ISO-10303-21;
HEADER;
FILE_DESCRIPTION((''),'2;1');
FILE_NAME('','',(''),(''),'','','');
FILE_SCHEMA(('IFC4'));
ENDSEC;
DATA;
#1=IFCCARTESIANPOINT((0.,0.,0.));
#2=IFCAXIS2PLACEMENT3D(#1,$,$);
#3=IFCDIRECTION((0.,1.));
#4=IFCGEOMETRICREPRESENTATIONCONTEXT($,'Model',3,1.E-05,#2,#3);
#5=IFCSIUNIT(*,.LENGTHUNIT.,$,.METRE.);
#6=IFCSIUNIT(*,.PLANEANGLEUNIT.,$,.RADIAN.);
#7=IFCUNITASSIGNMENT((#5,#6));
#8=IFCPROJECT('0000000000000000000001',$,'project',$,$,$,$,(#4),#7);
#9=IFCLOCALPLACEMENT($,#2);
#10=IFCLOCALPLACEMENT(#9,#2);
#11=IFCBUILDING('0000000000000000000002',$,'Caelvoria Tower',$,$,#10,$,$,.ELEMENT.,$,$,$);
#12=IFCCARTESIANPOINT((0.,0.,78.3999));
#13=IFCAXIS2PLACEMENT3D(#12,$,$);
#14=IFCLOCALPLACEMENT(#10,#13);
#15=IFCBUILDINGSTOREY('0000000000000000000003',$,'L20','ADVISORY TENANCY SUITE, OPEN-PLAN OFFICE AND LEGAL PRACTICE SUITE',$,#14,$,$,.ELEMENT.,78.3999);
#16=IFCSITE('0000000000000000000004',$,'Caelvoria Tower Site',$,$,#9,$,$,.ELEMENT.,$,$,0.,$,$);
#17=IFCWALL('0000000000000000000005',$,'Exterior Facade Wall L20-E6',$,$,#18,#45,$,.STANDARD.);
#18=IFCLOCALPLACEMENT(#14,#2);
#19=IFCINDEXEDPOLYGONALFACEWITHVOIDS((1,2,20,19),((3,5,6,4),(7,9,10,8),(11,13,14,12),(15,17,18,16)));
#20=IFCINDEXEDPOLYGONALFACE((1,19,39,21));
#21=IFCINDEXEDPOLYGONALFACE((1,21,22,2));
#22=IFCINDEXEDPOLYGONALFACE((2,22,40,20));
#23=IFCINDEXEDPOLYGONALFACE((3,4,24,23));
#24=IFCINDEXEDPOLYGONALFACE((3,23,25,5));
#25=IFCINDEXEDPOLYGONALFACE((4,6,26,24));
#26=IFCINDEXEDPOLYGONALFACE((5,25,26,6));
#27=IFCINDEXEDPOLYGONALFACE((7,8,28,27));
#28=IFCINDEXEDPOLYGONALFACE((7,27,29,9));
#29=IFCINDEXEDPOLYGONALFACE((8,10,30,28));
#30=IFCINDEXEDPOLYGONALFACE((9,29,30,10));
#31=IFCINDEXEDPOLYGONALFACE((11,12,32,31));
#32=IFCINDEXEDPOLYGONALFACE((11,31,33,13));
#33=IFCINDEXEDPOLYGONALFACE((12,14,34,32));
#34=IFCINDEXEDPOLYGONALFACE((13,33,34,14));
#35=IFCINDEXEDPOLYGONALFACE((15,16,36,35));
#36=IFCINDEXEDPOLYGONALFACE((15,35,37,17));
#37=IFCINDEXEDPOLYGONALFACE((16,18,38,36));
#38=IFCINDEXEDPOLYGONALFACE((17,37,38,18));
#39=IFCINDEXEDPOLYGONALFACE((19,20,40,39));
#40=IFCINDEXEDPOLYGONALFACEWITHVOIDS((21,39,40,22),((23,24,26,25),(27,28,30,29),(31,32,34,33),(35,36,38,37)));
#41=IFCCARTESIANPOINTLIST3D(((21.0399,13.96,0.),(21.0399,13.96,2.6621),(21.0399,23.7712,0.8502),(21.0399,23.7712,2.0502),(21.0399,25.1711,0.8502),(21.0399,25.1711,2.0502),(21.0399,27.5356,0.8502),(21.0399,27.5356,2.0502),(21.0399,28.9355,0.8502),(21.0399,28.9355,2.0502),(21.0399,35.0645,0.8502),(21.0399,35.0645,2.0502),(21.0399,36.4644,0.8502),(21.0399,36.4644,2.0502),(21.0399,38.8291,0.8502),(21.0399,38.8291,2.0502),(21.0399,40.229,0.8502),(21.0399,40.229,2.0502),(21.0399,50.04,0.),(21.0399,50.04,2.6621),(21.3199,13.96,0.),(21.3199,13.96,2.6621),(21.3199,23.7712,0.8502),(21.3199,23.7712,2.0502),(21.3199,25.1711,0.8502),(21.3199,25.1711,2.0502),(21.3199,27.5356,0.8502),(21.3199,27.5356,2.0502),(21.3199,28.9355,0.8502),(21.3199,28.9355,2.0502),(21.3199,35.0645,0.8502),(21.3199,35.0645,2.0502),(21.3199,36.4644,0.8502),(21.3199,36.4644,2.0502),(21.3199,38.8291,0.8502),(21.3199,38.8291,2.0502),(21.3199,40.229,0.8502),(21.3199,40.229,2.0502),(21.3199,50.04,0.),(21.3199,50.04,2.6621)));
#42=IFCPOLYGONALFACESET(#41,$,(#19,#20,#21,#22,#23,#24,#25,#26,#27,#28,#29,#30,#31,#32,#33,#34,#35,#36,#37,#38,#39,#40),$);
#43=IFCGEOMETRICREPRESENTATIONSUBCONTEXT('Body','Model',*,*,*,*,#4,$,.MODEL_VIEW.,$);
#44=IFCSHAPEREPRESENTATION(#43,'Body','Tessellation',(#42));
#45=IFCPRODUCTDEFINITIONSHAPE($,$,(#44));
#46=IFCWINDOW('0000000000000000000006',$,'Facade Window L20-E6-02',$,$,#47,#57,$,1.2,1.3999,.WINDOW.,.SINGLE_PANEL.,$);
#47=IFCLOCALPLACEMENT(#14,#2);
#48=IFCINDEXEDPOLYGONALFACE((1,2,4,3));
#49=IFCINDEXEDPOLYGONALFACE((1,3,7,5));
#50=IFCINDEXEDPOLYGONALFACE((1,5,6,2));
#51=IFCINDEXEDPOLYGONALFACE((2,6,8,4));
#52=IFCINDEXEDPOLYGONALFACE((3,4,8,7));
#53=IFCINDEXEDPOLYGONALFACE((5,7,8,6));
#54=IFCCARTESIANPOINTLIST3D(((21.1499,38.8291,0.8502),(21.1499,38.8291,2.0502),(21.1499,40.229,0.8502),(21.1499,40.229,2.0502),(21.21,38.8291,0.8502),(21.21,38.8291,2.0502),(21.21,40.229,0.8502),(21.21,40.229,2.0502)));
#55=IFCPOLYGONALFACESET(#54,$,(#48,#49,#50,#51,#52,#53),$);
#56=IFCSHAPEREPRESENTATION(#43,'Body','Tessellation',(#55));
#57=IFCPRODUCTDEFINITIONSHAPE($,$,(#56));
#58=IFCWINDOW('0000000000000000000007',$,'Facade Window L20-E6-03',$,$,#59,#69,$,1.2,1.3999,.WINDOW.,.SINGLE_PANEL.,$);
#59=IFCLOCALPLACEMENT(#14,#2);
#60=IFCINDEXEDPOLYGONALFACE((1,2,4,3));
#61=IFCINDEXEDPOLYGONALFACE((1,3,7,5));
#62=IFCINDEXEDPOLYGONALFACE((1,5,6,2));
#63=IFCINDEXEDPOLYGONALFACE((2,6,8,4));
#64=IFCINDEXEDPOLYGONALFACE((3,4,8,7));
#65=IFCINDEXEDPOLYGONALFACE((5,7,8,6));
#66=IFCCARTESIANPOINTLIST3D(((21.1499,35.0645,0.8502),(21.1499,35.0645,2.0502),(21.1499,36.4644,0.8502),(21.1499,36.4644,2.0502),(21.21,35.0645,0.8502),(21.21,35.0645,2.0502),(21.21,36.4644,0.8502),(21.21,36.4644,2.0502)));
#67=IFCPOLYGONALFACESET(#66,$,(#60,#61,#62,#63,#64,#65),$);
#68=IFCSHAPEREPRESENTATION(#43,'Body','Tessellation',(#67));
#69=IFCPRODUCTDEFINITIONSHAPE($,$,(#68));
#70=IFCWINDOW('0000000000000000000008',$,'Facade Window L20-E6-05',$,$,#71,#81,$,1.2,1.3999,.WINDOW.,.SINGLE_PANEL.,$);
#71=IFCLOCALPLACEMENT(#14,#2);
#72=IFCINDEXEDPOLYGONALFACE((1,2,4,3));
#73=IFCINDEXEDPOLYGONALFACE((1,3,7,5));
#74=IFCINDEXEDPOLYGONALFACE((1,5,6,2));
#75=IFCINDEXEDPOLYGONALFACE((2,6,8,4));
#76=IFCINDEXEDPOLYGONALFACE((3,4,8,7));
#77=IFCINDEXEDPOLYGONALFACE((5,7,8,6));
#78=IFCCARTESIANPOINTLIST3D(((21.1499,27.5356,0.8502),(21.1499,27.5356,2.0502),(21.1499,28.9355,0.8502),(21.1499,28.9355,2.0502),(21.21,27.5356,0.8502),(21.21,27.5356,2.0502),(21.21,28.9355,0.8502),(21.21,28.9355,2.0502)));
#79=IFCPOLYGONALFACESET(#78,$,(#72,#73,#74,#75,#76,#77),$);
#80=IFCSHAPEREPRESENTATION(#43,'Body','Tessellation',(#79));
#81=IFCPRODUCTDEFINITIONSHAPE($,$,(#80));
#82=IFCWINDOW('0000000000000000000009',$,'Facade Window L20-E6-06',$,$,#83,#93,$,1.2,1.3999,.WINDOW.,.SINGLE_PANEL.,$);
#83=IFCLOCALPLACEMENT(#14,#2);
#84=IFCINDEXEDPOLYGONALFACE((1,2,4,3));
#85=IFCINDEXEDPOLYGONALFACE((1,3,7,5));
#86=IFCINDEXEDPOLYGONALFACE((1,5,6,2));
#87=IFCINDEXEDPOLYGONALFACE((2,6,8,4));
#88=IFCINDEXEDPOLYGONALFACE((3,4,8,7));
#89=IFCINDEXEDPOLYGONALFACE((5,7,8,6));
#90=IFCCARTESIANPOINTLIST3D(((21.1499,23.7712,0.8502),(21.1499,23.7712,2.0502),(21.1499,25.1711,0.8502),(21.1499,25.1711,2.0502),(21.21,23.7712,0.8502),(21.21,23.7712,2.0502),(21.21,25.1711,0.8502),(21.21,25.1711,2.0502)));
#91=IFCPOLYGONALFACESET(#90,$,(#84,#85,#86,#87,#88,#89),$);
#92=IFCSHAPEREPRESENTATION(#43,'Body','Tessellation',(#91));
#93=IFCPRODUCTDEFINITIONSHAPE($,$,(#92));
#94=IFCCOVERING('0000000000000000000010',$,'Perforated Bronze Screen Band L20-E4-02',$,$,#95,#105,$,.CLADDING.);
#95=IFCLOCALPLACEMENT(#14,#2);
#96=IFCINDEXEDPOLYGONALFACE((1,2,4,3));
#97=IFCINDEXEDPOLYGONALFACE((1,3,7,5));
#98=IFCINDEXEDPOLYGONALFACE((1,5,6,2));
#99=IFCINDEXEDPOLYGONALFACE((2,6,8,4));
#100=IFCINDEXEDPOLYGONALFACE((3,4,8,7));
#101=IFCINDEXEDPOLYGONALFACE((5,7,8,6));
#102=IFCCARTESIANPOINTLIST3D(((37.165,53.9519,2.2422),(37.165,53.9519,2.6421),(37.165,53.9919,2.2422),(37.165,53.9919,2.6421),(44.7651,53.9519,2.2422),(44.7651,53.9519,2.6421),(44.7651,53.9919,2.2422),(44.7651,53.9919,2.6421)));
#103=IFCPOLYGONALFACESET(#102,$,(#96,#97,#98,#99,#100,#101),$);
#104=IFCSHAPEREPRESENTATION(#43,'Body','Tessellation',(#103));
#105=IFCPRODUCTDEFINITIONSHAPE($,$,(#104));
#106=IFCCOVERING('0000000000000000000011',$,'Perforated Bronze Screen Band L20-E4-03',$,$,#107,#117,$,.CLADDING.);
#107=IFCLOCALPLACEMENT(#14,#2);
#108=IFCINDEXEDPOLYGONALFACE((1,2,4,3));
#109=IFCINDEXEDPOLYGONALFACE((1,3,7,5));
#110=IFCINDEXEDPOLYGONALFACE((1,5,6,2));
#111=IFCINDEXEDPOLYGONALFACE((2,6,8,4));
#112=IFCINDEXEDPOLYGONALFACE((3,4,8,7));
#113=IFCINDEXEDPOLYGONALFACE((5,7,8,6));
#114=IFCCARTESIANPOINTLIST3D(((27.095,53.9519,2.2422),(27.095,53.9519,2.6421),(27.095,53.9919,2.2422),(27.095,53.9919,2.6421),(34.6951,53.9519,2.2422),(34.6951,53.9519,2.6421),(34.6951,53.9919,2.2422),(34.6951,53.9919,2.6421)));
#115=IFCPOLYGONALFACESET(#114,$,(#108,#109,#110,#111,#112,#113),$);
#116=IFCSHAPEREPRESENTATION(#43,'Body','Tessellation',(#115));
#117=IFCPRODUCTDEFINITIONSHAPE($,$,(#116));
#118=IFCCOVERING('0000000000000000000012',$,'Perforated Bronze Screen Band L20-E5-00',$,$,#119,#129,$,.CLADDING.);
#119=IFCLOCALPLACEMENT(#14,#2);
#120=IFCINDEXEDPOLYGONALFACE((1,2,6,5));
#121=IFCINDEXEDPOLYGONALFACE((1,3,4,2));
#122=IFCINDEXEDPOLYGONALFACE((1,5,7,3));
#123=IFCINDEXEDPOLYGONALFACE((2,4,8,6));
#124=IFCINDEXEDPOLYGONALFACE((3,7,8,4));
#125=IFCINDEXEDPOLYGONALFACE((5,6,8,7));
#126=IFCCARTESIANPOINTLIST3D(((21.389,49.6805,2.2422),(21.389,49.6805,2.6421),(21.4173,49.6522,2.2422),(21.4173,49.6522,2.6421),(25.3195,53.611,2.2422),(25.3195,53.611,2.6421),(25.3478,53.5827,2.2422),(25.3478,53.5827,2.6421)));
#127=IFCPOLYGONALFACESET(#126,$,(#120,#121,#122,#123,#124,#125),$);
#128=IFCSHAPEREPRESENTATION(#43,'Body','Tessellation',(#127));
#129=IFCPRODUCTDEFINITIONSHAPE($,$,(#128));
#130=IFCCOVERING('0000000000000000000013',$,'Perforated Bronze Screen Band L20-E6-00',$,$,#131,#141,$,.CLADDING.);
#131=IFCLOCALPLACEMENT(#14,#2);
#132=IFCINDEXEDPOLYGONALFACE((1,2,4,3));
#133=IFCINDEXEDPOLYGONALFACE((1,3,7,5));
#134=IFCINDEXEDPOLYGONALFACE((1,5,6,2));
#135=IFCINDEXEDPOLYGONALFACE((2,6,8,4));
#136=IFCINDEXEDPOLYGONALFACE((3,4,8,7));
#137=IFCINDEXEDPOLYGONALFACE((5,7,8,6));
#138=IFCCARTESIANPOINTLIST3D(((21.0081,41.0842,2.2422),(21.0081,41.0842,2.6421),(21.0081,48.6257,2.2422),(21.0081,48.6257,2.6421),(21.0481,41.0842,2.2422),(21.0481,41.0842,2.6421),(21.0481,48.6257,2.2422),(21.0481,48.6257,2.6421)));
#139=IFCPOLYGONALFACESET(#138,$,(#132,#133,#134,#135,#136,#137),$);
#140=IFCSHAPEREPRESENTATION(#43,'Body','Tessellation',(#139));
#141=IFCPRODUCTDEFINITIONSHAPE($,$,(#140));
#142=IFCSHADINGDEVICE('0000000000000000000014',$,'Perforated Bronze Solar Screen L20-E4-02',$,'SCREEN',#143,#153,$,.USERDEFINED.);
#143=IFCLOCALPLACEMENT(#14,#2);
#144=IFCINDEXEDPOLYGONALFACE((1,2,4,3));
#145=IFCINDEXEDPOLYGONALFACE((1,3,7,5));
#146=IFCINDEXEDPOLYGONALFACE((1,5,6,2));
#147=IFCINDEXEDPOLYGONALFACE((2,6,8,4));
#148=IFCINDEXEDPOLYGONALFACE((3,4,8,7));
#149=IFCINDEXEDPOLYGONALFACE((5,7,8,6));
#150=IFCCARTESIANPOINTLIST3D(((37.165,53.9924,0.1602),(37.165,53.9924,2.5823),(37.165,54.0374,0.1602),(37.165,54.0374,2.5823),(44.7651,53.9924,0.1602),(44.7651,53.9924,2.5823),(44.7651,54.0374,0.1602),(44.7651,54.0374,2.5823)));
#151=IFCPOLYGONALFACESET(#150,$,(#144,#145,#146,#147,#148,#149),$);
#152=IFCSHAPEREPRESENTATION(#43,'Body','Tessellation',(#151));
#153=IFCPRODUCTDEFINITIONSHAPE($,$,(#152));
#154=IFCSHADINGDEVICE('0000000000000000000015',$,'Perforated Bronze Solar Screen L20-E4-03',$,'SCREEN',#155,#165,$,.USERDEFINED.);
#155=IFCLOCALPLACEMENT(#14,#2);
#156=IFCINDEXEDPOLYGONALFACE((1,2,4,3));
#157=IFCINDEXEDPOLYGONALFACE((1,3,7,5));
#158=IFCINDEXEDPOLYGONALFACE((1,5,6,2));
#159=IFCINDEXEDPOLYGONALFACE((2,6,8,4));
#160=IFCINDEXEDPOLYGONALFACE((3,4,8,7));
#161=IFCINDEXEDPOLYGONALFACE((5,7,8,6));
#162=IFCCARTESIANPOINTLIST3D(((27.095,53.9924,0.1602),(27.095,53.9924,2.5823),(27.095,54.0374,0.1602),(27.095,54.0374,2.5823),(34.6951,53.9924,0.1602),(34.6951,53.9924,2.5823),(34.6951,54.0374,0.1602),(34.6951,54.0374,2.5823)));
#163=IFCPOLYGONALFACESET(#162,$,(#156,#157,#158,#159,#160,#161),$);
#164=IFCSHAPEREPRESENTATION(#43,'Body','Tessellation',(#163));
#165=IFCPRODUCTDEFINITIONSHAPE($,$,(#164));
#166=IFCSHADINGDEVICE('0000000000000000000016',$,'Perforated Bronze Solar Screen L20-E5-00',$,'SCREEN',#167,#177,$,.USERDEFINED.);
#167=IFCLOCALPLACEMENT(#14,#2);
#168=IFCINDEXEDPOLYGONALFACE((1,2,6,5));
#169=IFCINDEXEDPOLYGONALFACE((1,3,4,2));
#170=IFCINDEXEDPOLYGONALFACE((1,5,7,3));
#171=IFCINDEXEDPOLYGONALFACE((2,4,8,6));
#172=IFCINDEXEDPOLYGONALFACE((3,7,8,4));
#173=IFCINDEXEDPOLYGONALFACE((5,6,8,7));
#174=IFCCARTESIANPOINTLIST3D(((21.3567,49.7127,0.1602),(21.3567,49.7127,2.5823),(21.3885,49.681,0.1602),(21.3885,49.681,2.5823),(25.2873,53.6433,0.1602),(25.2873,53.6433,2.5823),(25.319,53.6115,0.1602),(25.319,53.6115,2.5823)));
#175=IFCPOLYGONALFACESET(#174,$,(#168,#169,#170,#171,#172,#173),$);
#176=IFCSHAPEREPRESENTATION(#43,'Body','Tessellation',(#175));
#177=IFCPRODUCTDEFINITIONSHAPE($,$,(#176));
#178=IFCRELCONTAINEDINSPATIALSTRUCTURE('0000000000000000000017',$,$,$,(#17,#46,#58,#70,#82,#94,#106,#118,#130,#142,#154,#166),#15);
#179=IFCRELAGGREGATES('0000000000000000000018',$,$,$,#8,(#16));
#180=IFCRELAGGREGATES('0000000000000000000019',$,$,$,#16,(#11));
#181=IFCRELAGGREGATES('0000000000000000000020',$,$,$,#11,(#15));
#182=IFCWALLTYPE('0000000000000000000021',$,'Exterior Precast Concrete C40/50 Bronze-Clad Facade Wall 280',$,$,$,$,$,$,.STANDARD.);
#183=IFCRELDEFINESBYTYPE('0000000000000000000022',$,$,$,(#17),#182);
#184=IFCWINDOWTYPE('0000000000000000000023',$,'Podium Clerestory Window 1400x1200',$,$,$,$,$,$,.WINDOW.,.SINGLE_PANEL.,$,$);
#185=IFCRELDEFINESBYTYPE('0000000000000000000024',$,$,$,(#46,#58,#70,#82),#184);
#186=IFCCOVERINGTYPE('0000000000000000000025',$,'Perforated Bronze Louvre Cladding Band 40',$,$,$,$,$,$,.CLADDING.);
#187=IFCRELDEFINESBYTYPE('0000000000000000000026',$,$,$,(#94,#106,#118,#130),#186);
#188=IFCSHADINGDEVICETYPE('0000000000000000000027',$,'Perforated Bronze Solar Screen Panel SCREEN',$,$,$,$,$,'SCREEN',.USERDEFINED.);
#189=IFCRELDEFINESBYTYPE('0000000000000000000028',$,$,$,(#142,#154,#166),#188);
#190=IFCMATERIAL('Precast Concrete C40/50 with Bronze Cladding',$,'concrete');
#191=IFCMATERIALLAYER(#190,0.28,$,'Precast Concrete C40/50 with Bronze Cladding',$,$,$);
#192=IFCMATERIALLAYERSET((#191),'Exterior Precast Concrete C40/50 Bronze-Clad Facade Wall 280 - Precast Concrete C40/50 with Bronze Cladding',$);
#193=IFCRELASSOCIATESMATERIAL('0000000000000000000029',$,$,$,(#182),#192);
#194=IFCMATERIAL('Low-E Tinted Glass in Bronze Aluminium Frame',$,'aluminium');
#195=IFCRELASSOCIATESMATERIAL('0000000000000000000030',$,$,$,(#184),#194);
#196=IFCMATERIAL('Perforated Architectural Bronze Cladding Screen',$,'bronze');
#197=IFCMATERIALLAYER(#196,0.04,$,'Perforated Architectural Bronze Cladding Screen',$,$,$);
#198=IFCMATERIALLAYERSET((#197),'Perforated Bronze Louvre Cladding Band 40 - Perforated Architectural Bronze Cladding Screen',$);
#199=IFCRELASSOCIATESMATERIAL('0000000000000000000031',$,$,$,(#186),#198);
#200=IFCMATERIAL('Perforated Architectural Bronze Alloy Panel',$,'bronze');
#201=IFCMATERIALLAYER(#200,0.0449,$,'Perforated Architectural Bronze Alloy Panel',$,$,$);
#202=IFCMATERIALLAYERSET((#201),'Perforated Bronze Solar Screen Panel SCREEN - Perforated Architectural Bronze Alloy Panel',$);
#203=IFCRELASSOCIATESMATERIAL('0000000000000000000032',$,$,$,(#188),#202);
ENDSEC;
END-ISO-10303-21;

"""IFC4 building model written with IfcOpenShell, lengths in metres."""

from ifc_helpers import new_model, si_unit, direction, frame, frame_2d, origin, origin_2d, place, context, subcontext, project, spatial, rectangle, extrude, material, layer, layer_set, type_object, element, fill, save


model = new_model("IFC4")

# Units and contexts
model_context = context("Model", 3, precision=1e-05, world=origin(), true_north=direction((0.0, 1.0)))
body_context = subcontext(model_context, "Body", "Model", "MODEL_VIEW")
ifc_project = project(units=[si_unit("LENGTHUNIT", "METRE"), si_unit("PLANEANGLEUNIT", "RADIAN")], contexts=[model_context])

# Site, building, storey
site_placement = place(None, origin())
site = spatial("IfcSite", under=ifc_project, at=site_placement, Name="Caelvoria Tower Site", CompositionType="ELEMENT", RefElevation=0.0)
building_placement = place(site_placement, origin())
building = spatial("IfcBuilding", under=site, at=building_placement, Name="Caelvoria Tower", CompositionType="ELEMENT")
storey_placement = place(building_placement, frame((0.0, 0.0, 78.3999)))
storey = spatial("IfcBuildingStorey", under=building, at=storey_placement, Name="L20", Description="ADVISORY TENANCY SUITE, OPEN-PLAN OFFICE AND LEGAL PRACTICE SUITE", CompositionType="ELEMENT", Elevation=78.3999)

# Shared definitions
ifc_material_1 = material(Name="Precast Concrete C40/50 with Bronze Cladding", Category="concrete")
ifc_layer_1 = layer(ifc_material_1, 0.28, Name="Precast Concrete C40/50 with Bronze Cladding")
ifc_layer_set_1 = layer_set([ifc_layer_1], Name="Exterior Precast Concrete C40/50 Bronze-Clad Facade Wall 280 - Precast Concrete C40/50 with Bronze Cladding")
wall_type = type_object("IfcWallType", Name="Exterior Precast Concrete C40/50 Bronze-Clad Facade Wall 280", PredefinedType="STANDARD", material=ifc_layer_set_1)

# Wall, openings, windows
wall_1_placement = place(storey_placement, frame((21.1799, 50.04, 0.0), z_axis=(0.0, 0.0, 1.0), x_axis=(0.0, -1.0, 0.0)))
wall_1 = element("IfcWall", 1, at=wall_1_placement, inside=storey, type_object=wall_type, Name="Exterior Facade Wall L20-E6", PredefinedType="STANDARD", context=body_context, shape_type="SweptSolid", body=[
    extrude(rectangle(XDim=36.0801, YDim=0.28, at=frame_2d((18.04, 0.0))), origin(), (0.0, 0.0, 1.0), 2.6621),
])
opening_1_placement = place(wall_1_placement, frame((9.811, 0.0, 0.8501)))
opening_1 = element("IfcOpeningElement", 2, at=opening_1_placement, cuts=wall_1, PredefinedType="OPENING", context=body_context, shape_type="SweptSolid", body=[
    extrude(rectangle(XDim=1.3999, YDim=1.2, at=frame_2d((0.7, 0.6001))), frame((0.0, 0.1499, 0.0), z_axis=(0.0, -1.0, 0.0), x_axis=(1.0, 0.0, 0.0)), (0.0, 0.0, 1.0), 0.3),
])
opening_2_placement = place(wall_1_placement, frame((13.5757, 0.0, 0.8501)))
opening_2 = element("IfcOpeningElement", 3, at=opening_2_placement, cuts=wall_1, PredefinedType="OPENING", context=body_context, shape_type="SweptSolid", body=[
    extrude(rectangle(XDim=1.3999, YDim=1.2, at=frame_2d((0.7, 0.6001))), frame((0.0, 0.1499, 0.0), z_axis=(0.0, -1.0, 0.0), x_axis=(1.0, 0.0, 0.0)), (0.0, 0.0, 1.0), 0.3),
])
opening_3_placement = place(wall_1_placement, frame((21.1045, 0.0, 0.8501)))
opening_3 = element("IfcOpeningElement", 4, at=opening_3_placement, cuts=wall_1, PredefinedType="OPENING", context=body_context, shape_type="SweptSolid", body=[
    extrude(rectangle(XDim=1.3999, YDim=1.2, at=frame_2d((0.7, 0.6001))), frame((0.0, 0.1499, 0.0), z_axis=(0.0, -1.0, 0.0), x_axis=(1.0, 0.0, 0.0)), (0.0, 0.0, 1.0), 0.3),
])
opening_4_placement = place(wall_1_placement, frame((24.8689, 0.0, 0.8501)))
opening_4 = element("IfcOpeningElement", 5, at=opening_4_placement, cuts=wall_1, PredefinedType="OPENING", context=body_context, shape_type="SweptSolid", body=[
    extrude(rectangle(XDim=1.3999, YDim=1.2, at=frame_2d((0.7, 0.6001))), frame((0.0, 0.1499, 0.0), z_axis=(0.0, -1.0, 0.0), x_axis=(1.0, 0.0, 0.0)), (0.0, 0.0, 1.0), 0.3),
])
ifc_material_2 = material(Name="Low-E Tinted Glass in Bronze Aluminium Frame", Category="aluminium")
window_type = type_object("IfcWindowType", Name="Podium Clerestory Window 1400x1200", PartitioningType="SINGLE_PANEL", PredefinedType="WINDOW", material=ifc_material_2)
window_1_placement = place(opening_1_placement, origin())
window_1 = element("IfcWindow", 6, at=window_1_placement, inside=storey, type_object=window_type, Name="Facade Window L20-E6-02", OverallHeight=1.2, OverallWidth=1.3999, PartitioningType="SINGLE_PANEL", PredefinedType="WINDOW", context=body_context, shape_type="SweptSolid", body=[
    extrude(rectangle(XDim=1.3999, YDim=1.2, at=frame_2d((0.7, 0.6001))), frame((0.0, 0.03, 0.0), z_axis=(0.0, -1.0, 0.0), x_axis=(1.0, 0.0, 0.0)), (0.0, 0.0, 1.0), 0.0601),
])
fill(opening_1, window_1)
window_2_placement = place(opening_2_placement, origin())
window_2 = element("IfcWindow", 7, at=window_2_placement, inside=storey, type_object=window_type, Name="Facade Window L20-E6-03", OverallHeight=1.2, OverallWidth=1.3999, PartitioningType="SINGLE_PANEL", PredefinedType="WINDOW", context=body_context, shape_type="SweptSolid", body=[
    extrude(rectangle(XDim=1.3999, YDim=1.2, at=frame_2d((0.7, 0.6001))), frame((0.0, 0.03, 0.0), z_axis=(0.0, -1.0, 0.0), x_axis=(1.0, 0.0, 0.0)), (0.0, 0.0, 1.0), 0.0601),
])
fill(opening_2, window_2)
window_3_placement = place(opening_3_placement, origin())
window_3 = element("IfcWindow", 8, at=window_3_placement, inside=storey, type_object=window_type, Name="Facade Window L20-E6-05", OverallHeight=1.2, OverallWidth=1.3999, PartitioningType="SINGLE_PANEL", PredefinedType="WINDOW", context=body_context, shape_type="SweptSolid", body=[
    extrude(rectangle(XDim=1.3999, YDim=1.2, at=frame_2d((0.7, 0.6001))), frame((0.0, 0.03, 0.0), z_axis=(0.0, -1.0, 0.0), x_axis=(1.0, 0.0, 0.0)), (0.0, 0.0, 1.0), 0.0601),
])
fill(opening_3, window_3)
window_4_placement = place(opening_4_placement, origin())
window_4 = element("IfcWindow", 9, at=window_4_placement, inside=storey, type_object=window_type, Name="Facade Window L20-E6-06", OverallHeight=1.2, OverallWidth=1.3999, PartitioningType="SINGLE_PANEL", PredefinedType="WINDOW", context=body_context, shape_type="SweptSolid", body=[
    extrude(rectangle(XDim=1.3999, YDim=1.2, at=frame_2d((0.7, 0.6001))), frame((0.0, 0.03, 0.0), z_axis=(0.0, -1.0, 0.0), x_axis=(1.0, 0.0, 0.0)), (0.0, 0.0, 1.0), 0.0601),
])
fill(opening_4, window_4)

# Coverings
ifc_material_3 = material(Name="Perforated Architectural Bronze Cladding Screen", Category="bronze")
ifc_layer_2 = layer(ifc_material_3, 0.04, Name="Perforated Architectural Bronze Cladding Screen")
ifc_layer_set_2 = layer_set([ifc_layer_2], Name="Perforated Bronze Louvre Cladding Band 40 - Perforated Architectural Bronze Cladding Screen")
covering_type = type_object("IfcCoveringType", Name="Perforated Bronze Louvre Cladding Band 40", PredefinedType="CLADDING", material=ifc_layer_set_2)
for number, where, z_axis, x_axis, name in (
    (10, (40.9651, 53.9719, 2.2422), (0.0, 0.0, 1.0), (-1.0, 0.0, 0.0), "Perforated Bronze Screen Band L20-E4-02"),
    (11, (30.895, 53.9719, 2.2422), (0.0, 0.0, 1.0), (-1.0, 0.0, 0.0), "Perforated Bronze Screen Band L20-E4-03"),
):
    element("IfcCovering", number, at=place(storey_placement, frame(where, z_axis=z_axis, x_axis=x_axis)), inside=storey, type_object=covering_type, Name=name, PredefinedType="CLADDING", context=body_context, shape_type="SweptSolid", body=[
        extrude(rectangle(XDim=7.6001, YDim=0.04, at=origin_2d()), origin(), (0.0, 0.0, 1.0), 0.3999),
    ])
covering_1_placement = place(storey_placement, frame((23.3684, 51.6316, 2.2422), z_axis=(0.0, 0.0, 1.0), x_axis=(-0.707107, -0.707107, 0.0)))
element("IfcCovering", 12, at=covering_1_placement, inside=storey, type_object=covering_type, Name="Perforated Bronze Screen Band L20-E5-00", PredefinedType="CLADDING", context=body_context, shape_type="SweptSolid", body=[
    extrude(rectangle(XDim=5.5586, YDim=0.04, at=origin_2d()), origin(), (0.0, 0.0, 1.0), 0.3999),
])
covering_2_placement = place(storey_placement, frame((21.0281, 44.855, 2.2422), z_axis=(0.0, 0.0, 1.0), x_axis=(0.0, -1.0, 0.0)))
element("IfcCovering", 13, at=covering_2_placement, inside=storey, type_object=covering_type, Name="Perforated Bronze Screen Band L20-E6-00", PredefinedType="CLADDING", context=body_context, shape_type="SweptSolid", body=[
    extrude(rectangle(XDim=7.5415, YDim=0.04, at=origin_2d()), origin(), (0.0, 0.0, 1.0), 0.3999),
])

# Shading devices
ifc_material_4 = material(Name="Perforated Architectural Bronze Alloy Panel", Category="bronze")
ifc_layer_3 = layer(ifc_material_4, 0.0449, Name="Perforated Architectural Bronze Alloy Panel")
ifc_layer_set_3 = layer_set([ifc_layer_3], Name="Perforated Bronze Solar Screen Panel SCREEN - Perforated Architectural Bronze Alloy Panel")
shading_device_type = type_object("IfcShadingDeviceType", Name="Perforated Bronze Solar Screen Panel SCREEN", ElementType="SCREEN", PredefinedType="USERDEFINED", material=ifc_layer_set_3)
for number, where, z_axis, x_axis, name in (
    (14, (40.9651, 54.0149, 0.1602), (0.0, 0.0, 1.0), (-1.0, 0.0, 0.0), "Perforated Bronze Solar Screen L20-E4-02"),
    (15, (30.895, 54.0149, 0.1602), (0.0, 0.0, 1.0), (-1.0, 0.0, 0.0), "Perforated Bronze Solar Screen L20-E4-03"),
):
    element("IfcShadingDevice", number, at=place(storey_placement, frame(where, z_axis=z_axis, x_axis=x_axis)), inside=storey, type_object=shading_device_type, Name=name, ObjectType="SCREEN", PredefinedType="USERDEFINED", context=body_context, shape_type="SweptSolid", body=[
        extrude(rectangle(XDim=7.6001, YDim=0.0449, at=origin_2d()), origin(), (0.0, 0.0, 1.0), 2.4221),
    ])
shading_device_1_placement = place(storey_placement, frame((23.3379, 51.6621, 0.1602), z_axis=(0.0, 0.0, 1.0), x_axis=(-0.707107, -0.707107, 0.0)))
element("IfcShadingDevice", 16, at=shading_device_1_placement, inside=storey, type_object=shading_device_type, Name="Perforated Bronze Solar Screen L20-E5-00", ObjectType="SCREEN", PredefinedType="USERDEFINED", context=body_context, shape_type="SweptSolid", body=[
    extrude(rectangle(XDim=5.5586, YDim=0.0449, at=origin_2d()), origin(), (0.0, 0.0, 1.0), 2.4221),
])

save(model, "model.ifc")
